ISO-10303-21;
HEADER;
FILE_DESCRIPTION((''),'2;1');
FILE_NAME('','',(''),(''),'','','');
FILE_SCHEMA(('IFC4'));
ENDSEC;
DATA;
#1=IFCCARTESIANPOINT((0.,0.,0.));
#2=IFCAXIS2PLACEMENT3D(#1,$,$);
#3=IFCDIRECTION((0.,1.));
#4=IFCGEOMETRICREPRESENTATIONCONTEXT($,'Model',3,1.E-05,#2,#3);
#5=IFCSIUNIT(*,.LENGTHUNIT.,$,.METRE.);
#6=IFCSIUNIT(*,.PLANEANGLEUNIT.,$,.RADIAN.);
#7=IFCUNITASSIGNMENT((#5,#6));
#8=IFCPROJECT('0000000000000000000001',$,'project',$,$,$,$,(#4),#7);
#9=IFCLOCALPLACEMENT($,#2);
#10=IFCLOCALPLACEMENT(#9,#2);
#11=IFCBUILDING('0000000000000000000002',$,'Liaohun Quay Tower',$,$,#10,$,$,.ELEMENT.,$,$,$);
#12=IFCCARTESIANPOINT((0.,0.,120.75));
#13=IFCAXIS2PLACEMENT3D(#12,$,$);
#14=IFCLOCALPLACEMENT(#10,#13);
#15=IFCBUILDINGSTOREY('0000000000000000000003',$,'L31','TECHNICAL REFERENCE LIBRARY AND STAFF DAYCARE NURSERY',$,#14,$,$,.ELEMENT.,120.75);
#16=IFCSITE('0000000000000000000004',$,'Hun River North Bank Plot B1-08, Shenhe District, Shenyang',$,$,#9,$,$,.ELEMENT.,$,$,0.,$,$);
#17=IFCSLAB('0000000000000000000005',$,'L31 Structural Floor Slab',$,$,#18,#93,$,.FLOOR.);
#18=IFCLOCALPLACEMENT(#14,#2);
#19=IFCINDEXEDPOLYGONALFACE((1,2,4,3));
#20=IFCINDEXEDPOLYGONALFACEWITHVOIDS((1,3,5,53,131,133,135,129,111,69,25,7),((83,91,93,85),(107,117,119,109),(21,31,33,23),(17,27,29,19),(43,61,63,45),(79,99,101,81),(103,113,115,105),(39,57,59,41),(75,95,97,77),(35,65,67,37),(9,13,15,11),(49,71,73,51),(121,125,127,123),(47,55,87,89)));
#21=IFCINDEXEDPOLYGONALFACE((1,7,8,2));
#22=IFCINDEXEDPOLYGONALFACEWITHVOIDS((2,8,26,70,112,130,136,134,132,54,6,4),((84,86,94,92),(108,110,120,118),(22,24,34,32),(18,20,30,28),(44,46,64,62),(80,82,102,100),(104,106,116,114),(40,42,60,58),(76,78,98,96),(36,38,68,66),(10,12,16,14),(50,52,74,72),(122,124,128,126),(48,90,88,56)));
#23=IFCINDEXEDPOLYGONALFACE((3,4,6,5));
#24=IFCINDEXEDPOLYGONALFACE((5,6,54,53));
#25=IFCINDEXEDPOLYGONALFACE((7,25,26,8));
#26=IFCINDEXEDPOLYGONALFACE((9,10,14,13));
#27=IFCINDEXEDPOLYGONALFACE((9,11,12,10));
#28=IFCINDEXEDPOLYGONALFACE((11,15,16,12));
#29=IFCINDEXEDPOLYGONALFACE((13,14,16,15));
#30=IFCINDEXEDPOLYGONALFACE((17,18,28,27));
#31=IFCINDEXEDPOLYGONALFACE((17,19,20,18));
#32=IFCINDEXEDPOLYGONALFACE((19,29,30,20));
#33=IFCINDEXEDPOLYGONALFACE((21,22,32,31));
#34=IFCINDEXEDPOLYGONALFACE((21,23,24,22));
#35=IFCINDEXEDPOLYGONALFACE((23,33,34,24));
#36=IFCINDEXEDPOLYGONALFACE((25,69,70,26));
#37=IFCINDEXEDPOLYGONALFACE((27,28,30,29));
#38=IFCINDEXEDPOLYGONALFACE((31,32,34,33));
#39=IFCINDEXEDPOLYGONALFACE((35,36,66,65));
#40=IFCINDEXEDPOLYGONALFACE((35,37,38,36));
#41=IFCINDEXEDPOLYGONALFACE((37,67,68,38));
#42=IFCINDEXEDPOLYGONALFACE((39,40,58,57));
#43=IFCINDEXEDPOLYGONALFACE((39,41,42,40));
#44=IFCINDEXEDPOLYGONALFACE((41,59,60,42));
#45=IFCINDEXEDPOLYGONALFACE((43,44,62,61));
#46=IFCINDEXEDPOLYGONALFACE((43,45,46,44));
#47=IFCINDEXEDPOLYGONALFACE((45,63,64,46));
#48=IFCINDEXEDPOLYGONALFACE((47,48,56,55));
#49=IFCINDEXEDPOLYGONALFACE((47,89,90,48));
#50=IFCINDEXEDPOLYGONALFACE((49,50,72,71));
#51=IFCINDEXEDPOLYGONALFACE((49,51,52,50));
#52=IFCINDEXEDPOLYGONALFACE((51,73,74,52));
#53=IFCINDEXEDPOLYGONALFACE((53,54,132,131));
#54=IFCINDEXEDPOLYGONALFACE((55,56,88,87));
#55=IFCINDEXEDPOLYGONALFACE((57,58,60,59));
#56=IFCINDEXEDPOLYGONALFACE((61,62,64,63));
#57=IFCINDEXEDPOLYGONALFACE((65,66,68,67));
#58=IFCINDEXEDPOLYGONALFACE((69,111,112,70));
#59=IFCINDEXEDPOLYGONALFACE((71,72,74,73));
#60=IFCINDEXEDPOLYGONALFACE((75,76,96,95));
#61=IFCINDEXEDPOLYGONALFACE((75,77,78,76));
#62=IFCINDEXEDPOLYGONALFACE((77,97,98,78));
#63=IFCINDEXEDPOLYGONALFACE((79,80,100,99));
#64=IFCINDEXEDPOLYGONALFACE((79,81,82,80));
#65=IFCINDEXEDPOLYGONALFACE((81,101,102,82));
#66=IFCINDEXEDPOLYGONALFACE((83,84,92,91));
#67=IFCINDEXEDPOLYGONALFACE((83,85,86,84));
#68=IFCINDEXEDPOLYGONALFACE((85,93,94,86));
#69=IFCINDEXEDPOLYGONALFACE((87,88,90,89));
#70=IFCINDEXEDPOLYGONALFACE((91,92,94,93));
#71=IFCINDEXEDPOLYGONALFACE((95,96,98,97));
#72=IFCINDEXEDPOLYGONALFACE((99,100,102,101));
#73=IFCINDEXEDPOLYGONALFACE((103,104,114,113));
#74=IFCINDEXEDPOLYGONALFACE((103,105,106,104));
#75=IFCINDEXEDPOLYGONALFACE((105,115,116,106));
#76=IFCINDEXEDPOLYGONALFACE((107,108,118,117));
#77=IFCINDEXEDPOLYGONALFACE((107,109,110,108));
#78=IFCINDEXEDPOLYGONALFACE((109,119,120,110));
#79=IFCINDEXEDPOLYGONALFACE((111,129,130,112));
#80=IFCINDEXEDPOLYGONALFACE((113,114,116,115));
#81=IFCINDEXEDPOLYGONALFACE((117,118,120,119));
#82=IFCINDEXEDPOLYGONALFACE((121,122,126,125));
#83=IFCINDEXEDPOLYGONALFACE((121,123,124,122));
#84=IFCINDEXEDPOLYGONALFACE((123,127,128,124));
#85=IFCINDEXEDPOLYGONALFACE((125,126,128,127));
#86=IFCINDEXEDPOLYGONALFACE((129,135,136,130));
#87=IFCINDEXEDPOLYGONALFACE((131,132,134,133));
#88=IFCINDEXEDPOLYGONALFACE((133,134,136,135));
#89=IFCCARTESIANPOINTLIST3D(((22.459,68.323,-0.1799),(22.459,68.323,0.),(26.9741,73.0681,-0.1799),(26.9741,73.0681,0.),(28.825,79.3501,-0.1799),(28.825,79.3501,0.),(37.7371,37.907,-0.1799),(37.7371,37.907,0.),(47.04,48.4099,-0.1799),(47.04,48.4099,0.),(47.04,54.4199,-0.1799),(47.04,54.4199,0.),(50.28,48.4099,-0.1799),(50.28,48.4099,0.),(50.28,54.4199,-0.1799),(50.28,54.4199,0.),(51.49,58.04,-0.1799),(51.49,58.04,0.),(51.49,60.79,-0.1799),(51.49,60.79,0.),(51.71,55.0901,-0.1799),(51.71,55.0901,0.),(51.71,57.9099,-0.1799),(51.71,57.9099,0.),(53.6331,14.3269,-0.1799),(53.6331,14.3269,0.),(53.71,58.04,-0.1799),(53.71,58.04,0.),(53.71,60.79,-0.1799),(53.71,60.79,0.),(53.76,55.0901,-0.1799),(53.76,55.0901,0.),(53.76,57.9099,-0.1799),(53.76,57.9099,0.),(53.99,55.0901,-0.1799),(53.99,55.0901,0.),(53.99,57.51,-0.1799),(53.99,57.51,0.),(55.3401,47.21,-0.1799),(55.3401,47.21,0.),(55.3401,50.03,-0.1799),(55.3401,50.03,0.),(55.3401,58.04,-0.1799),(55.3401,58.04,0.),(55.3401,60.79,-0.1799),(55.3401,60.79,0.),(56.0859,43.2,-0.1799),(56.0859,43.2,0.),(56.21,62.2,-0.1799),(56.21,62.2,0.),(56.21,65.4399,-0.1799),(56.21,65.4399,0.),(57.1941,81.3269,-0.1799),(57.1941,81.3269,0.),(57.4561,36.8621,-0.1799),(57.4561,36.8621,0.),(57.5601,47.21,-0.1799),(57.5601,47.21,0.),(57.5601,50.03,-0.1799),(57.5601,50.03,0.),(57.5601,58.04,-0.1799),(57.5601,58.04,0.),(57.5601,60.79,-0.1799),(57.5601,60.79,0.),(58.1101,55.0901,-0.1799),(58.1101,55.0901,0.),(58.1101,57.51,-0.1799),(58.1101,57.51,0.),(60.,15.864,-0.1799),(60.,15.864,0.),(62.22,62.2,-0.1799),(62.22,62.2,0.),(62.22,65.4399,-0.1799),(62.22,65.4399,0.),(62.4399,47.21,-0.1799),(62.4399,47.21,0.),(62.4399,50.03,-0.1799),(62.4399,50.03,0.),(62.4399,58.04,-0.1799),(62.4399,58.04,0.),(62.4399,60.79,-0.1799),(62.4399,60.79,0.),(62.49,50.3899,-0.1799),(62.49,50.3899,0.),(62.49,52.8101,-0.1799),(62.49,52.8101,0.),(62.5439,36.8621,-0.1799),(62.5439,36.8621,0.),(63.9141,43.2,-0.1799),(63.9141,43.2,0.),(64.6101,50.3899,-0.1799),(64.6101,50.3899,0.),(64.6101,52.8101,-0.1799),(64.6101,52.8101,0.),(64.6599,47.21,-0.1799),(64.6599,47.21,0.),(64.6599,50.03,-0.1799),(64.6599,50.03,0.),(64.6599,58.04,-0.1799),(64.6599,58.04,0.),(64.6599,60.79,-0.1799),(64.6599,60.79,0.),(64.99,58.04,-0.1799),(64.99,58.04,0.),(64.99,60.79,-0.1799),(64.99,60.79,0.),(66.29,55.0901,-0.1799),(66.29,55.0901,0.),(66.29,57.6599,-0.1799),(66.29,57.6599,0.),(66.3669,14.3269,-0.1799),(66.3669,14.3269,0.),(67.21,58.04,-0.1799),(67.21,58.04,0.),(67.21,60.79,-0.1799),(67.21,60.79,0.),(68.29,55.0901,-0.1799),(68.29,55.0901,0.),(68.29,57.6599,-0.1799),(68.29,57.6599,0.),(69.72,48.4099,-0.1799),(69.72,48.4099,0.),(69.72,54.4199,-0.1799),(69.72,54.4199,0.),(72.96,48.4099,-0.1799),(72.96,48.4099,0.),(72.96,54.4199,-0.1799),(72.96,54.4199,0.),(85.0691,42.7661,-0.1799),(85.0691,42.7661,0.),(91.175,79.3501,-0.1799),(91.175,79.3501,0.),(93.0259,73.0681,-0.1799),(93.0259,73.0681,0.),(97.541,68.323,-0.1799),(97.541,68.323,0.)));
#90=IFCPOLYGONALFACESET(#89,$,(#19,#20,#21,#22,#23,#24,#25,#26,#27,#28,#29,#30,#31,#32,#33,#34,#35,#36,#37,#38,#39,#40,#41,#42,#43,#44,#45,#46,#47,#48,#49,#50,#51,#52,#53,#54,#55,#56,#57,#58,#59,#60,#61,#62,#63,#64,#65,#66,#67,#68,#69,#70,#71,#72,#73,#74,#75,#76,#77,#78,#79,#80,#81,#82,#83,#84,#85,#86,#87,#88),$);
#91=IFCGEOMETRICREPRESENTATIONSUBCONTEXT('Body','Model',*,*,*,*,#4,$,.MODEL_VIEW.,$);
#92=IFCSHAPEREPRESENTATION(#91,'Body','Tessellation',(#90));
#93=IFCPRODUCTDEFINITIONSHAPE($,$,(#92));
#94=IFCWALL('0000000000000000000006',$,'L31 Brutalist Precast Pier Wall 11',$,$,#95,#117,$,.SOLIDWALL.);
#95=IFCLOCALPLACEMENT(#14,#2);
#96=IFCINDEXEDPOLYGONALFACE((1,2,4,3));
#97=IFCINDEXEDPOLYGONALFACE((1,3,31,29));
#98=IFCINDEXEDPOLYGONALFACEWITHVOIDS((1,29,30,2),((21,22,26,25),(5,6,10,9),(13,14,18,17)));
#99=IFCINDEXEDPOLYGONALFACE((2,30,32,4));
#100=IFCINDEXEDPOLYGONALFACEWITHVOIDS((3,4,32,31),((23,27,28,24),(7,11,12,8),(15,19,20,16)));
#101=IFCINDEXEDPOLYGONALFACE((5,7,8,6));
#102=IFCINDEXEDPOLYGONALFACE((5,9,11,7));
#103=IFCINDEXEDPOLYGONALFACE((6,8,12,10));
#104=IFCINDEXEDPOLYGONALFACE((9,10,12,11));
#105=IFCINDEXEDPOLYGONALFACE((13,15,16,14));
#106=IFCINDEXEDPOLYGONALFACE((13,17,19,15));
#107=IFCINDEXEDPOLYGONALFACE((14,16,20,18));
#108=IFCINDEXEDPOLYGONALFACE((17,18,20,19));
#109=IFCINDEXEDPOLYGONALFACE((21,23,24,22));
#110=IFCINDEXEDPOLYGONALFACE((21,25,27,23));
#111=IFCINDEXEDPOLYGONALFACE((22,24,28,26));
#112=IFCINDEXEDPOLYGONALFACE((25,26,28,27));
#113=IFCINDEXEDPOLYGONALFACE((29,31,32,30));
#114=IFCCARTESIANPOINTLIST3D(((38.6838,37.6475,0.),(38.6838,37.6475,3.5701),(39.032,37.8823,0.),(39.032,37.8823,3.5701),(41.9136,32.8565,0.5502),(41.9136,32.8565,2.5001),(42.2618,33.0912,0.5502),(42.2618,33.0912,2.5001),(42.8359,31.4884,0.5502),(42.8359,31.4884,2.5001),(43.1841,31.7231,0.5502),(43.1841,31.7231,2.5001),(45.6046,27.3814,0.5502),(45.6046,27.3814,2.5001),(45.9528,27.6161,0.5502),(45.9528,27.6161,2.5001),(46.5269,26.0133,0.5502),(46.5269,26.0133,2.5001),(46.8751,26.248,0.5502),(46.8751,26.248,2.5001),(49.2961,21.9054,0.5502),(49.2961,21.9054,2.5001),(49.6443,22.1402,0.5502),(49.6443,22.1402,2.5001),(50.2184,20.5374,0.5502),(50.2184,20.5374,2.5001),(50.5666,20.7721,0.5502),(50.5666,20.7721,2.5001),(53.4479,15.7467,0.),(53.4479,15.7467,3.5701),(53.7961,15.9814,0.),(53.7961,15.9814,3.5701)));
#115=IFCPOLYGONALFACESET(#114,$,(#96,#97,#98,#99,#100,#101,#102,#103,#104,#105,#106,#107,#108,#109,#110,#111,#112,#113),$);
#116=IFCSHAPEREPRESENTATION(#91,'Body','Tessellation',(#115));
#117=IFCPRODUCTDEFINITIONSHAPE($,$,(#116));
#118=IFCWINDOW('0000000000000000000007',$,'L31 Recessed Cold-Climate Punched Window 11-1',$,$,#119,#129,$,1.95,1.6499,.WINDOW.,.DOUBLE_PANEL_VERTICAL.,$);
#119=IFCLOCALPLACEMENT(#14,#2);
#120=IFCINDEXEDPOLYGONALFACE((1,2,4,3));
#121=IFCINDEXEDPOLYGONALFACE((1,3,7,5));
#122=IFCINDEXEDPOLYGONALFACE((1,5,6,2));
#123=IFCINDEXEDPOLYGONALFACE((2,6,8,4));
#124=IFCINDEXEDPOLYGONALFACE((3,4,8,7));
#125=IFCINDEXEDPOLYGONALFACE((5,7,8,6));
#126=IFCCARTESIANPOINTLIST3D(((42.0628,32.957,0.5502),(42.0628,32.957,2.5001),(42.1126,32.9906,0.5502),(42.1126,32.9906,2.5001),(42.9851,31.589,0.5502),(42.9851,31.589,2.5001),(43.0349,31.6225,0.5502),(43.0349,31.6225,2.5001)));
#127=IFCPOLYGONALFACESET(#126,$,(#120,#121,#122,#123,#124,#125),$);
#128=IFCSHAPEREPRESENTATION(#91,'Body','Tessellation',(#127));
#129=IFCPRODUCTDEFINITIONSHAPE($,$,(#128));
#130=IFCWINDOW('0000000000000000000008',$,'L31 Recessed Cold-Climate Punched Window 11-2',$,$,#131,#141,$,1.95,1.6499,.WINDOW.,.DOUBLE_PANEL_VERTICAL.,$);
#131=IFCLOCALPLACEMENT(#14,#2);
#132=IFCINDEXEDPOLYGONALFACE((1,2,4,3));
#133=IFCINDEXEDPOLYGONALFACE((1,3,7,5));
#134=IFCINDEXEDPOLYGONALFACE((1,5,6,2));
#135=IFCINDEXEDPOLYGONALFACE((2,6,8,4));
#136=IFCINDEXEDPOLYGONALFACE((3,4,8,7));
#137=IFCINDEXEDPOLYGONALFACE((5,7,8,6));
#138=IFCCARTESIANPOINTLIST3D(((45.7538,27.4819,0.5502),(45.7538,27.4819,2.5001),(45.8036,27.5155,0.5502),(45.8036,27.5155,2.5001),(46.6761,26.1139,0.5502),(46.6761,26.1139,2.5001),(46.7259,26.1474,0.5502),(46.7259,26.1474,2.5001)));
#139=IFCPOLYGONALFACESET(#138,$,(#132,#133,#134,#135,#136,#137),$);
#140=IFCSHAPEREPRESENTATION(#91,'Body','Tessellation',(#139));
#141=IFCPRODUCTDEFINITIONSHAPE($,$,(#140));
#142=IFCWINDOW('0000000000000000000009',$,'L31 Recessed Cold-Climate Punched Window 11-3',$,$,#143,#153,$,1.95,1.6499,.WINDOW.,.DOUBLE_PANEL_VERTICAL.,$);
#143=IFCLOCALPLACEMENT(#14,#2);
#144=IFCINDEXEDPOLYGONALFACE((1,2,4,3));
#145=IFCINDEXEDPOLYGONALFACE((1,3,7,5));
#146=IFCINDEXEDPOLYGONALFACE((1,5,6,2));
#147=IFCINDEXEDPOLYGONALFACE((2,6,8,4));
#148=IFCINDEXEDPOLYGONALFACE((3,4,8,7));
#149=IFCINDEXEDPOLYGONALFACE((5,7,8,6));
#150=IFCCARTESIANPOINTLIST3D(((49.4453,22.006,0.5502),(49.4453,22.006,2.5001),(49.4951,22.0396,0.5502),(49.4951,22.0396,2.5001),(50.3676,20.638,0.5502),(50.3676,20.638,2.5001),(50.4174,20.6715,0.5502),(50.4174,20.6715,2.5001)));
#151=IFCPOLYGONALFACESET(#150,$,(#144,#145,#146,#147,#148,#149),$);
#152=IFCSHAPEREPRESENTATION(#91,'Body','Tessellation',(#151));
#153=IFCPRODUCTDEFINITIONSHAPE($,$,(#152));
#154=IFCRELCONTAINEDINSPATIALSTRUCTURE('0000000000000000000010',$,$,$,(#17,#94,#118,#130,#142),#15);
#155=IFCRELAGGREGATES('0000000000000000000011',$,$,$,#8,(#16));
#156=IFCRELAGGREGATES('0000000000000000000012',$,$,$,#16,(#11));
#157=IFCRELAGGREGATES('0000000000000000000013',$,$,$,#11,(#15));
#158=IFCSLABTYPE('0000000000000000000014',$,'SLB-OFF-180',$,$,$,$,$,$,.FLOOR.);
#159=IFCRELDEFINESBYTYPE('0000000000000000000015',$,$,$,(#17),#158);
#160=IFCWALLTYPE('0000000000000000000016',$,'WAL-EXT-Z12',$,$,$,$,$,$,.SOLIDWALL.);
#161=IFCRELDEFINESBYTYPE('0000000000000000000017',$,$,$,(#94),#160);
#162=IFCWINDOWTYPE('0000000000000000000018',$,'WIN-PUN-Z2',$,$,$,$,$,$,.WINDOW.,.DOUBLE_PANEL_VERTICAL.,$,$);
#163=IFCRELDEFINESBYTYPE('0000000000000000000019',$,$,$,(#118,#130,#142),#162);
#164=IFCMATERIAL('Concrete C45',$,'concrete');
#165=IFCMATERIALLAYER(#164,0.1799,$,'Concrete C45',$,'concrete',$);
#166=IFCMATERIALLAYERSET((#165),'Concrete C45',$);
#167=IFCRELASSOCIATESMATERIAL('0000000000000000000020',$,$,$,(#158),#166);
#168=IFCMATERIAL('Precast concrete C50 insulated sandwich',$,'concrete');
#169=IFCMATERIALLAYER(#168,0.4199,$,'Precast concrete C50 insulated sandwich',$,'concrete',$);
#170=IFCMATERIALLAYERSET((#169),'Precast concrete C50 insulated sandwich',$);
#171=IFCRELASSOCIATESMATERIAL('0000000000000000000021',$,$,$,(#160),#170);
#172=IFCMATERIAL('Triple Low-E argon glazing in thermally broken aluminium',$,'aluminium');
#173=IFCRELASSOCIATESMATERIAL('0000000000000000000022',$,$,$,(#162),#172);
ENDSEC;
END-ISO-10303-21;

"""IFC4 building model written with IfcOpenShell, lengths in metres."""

from ifc_helpers import new_model, si_unit, direction, frame, frame_2d, origin, place, context, subcontext, project, spatial, polyline, rectangle, outline, extrude, source, transform, mapped, material, layer, layer_set, type_object, element, fill, save


model = new_model("IFC4")

# Units and contexts
model_context = context("Model", 3, precision=1e-05, world=origin(), true_north=direction((0.0, 1.0)))
body_context = subcontext(model_context, "Body", "Model", "MODEL_VIEW")
ifc_project = project(units=[si_unit("LENGTHUNIT", "METRE"), si_unit("PLANEANGLEUNIT", "RADIAN")], contexts=[model_context])

# Site, building, storey
site_placement = place(None, origin())
site = spatial("IfcSite", under=ifc_project, at=site_placement, Name="Hun River North Bank Plot B1-08, Shenhe District, Shenyang", CompositionType="ELEMENT", RefElevation=0.0)
building_placement = place(site_placement, origin())
building = spatial("IfcBuilding", under=site, at=building_placement, Name="Liaohun Quay Tower", CompositionType="ELEMENT")
storey_placement = place(building_placement, frame((0.0, 0.0, 120.75)))
storey = spatial("IfcBuildingStorey", under=building, at=storey_placement, Name="L31", Description="TECHNICAL REFERENCE LIBRARY AND STAFF DAYCARE NURSERY", CompositionType="ELEMENT", Elevation=120.75)

# Shared definitions
ifc_material_1 = material(Name="Concrete C45", Category="concrete")

# Slab
ifc_layer_1 = layer(ifc_material_1, 0.1799, Name="Concrete C45", Category="concrete")
ifc_layer_set_1 = layer_set([ifc_layer_1], Name="Concrete C45")
slab_type_1 = type_object("IfcSlabType", Name="SLB-OFF-180", PredefinedType="FLOOR", material=ifc_layer_set_1)
slab_1_placement = place(storey_placement, frame((0.0, 0.0, -0.1799)))
element("IfcSlab", 1, at=slab_1_placement, inside=storey, type_object=slab_type_1, Name="L31 Structural Floor Slab", PredefinedType="FLOOR", context=body_context, shape_type="SweptSolid", body=[
    extrude(outline(polyline([(53.6331, 14.3269), (60.0, 15.864), (66.3669, 14.3269), (85.0691, 42.7661), (97.541, 68.323), (93.0259, 73.0681), (91.175, 79.3501), (57.1941, 81.3269), (28.825, 79.3501), (26.9741, 73.0681), (22.459, 68.323), (37.7371, 37.907), (53.6331, 14.3269)]), holes=[polyline([(57.5601, 50.03), (55.3401, 50.03), (55.3401, 47.21), (57.5601, 47.21), (57.5601, 50.03)]), polyline([(50.28, 54.4199), (47.04, 54.4199), (47.04, 48.4099), (50.28, 48.4099), (50.28, 54.4199)]), polyline([(53.99, 55.0901), (58.1101, 55.0901), (58.1101, 57.51), (53.99, 57.51), (53.99, 55.0901)]), polyline([(53.76, 55.0901), (53.76, 57.9099), (51.71, 57.9099), (51.71, 55.0901), (53.76, 55.0901)]), polyline([(53.71, 58.04), (53.71, 60.79), (51.49, 60.79), (51.49, 58.04), (53.71, 58.04)]), polyline([(57.5601, 58.04), (57.5601, 60.79), (55.3401, 60.79), (55.3401, 58.04), (57.5601, 58.04)]), polyline([(62.22, 62.2), (62.22, 65.4399), (56.21, 65.4399), (56.21, 62.2), (62.22, 62.2)]), polyline([(62.5439, 36.8621), (63.9141, 43.2), (56.0859, 43.2), (57.4561, 36.8621), (62.5439, 36.8621)]), polyline([(64.6599, 47.21), (64.6599, 50.03), (62.4399, 50.03), (62.4399, 47.21), (64.6599, 47.21)]), polyline([(72.96, 54.4199), (69.72, 54.4199), (69.72, 48.4099), (72.96, 48.4099), (72.96, 54.4199)]), polyline([(64.6101, 50.3899), (64.6101, 52.8101), (62.49, 52.8101), (62.49, 50.3899), (64.6101, 50.3899)]), polyline([(68.29, 55.0901), (68.29, 57.6599), (66.29, 57.6599), (66.29, 55.0901), (68.29, 55.0901)]), polyline([(64.6599, 58.04), (64.6599, 60.79), (62.4399, 60.79), (62.4399, 58.04), (64.6599, 58.04)]), polyline([(67.21, 58.04), (67.21, 60.79), (64.99, 60.79), (64.99, 58.04), (67.21, 58.04)])]), origin(), (0.0, 0.0, 1.0), 0.1799),
])

# Wall, openings, windows
ifc_material_2 = material(Name="Precast concrete C50 insulated sandwich", Category="concrete")
ifc_layer_2 = layer(ifc_material_2, 0.4199, Name="Precast concrete C50 insulated sandwich", Category="concrete")
ifc_layer_set_2 = layer_set([ifc_layer_2], Name="Precast concrete C50 insulated sandwich")
wall_type_1 = type_object("IfcWallType", Name="WAL-EXT-Z12", PredefinedType="SOLIDWALL", material=ifc_layer_set_2)
wall_1_placement = place(storey_placement, frame((38.8579, 37.7649, 0.0), z_axis=(0.0, 0.0, 1.0), x_axis=(0.55898, -0.829181, 0.0)))
wall_1 = element("IfcWall", 2, at=wall_1_placement, inside=storey, type_object=wall_type_1, Name="L31 Brutalist Precast Pier Wall 11", PredefinedType="SOLIDWALL", context=body_context, shape_type="SweptSolid", body=[
    extrude(rectangle(XDim=26.4126, YDim=0.4199, at=frame_2d((13.2063, 0.0))), origin(), (0.0, 0.0, 1.0), 3.5701),
])
shared_shape_1 = source(origin(), body_context, "Body", "SweptSolid", [
    extrude(rectangle(XDim=1.6499, YDim=1.95, at=frame_2d((0.825, 0.9751))), frame((0.0, 0.22, 0.0), z_axis=(0.0, -1.0, 0.0), x_axis=(1.0, 0.0, 0.0)), (0.0, 0.0, 1.0), 0.4399),
])
opening_1_placement = place(wall_1_placement, frame((5.7781, 0.0, 0.55)))
opening_1 = element("IfcOpeningElement", 3, at=opening_1_placement, cuts=wall_1, PredefinedType="OPENING", context=body_context, shape_type="MappedRepresentation", body=[
    mapped(shared_shape_1, transform((0.0, 0.0, 0.0), x_axis=(1.0, 0.0, 0.0), y_axis=(0.0, 1.0, 0.0), z_axis=(0.0, 0.0, 1.0), scale=1.0)),
])
opening_2_placement = place(wall_1_placement, frame((12.3811, 0.0, 0.55)))
opening_2 = element("IfcOpeningElement", 4, at=opening_2_placement, cuts=wall_1, PredefinedType="OPENING", context=body_context, shape_type="MappedRepresentation", body=[
    mapped(shared_shape_1, transform((0.0, 0.0, 0.0), x_axis=(1.0, 0.0, 0.0), y_axis=(0.0, 1.0, 0.0), z_axis=(0.0, 0.0, 1.0), scale=1.0)),
])
opening_3_placement = place(wall_1_placement, frame((18.9851, 0.0, 0.55)))
opening_3 = element("IfcOpeningElement", 5, at=opening_3_placement, cuts=wall_1, PredefinedType="OPENING", context=body_context, shape_type="MappedRepresentation", body=[
    mapped(shared_shape_1, transform((0.0, 0.0, 0.0), x_axis=(1.0, 0.0, 0.0), y_axis=(0.0, 1.0, 0.0), z_axis=(0.0, 0.0, 1.0), scale=1.0)),
])
ifc_material_3 = material(Name="Triple Low-E argon glazing in thermally broken aluminium", Category="aluminium")
window_type = type_object("IfcWindowType", Name="WIN-PUN-Z2", PartitioningType="DOUBLE_PANEL_VERTICAL", PredefinedType="WINDOW", material=ifc_material_3)
shared_shape_2 = source(origin(), body_context, "Body", "SweptSolid", [
    extrude(rectangle(XDim=1.6499, YDim=1.95, at=frame_2d((0.825, 0.9751))), frame((0.0, 0.03, 0.0), z_axis=(0.0, -1.0, 0.0), x_axis=(1.0, 0.0, 0.0)), (0.0, 0.0, 1.0), 0.0601),
])
window_1_placement = place(opening_1_placement, origin())
window_1 = element("IfcWindow", 6, at=window_1_placement, inside=storey, type_object=window_type, Name="L31 Recessed Cold-Climate Punched Window 11-1", OverallHeight=1.95, OverallWidth=1.6499, PartitioningType="DOUBLE_PANEL_VERTICAL", PredefinedType="WINDOW", context=body_context, shape_type="MappedRepresentation", body=[
    mapped(shared_shape_2, transform((0.0, 0.0, 0.0), x_axis=(1.0, 0.0, 0.0), y_axis=(0.0, 1.0, 0.0), z_axis=(0.0, 0.0, 1.0), scale=1.0)),
])
fill(opening_1, window_1)
window_2_placement = place(opening_2_placement, origin())
window_2 = element("IfcWindow", 7, at=window_2_placement, inside=storey, type_object=window_type, Name="L31 Recessed Cold-Climate Punched Window 11-2", OverallHeight=1.95, OverallWidth=1.6499, PartitioningType="DOUBLE_PANEL_VERTICAL", PredefinedType="WINDOW", context=body_context, shape_type="MappedRepresentation", body=[
    mapped(shared_shape_2, transform((0.0, 0.0, 0.0), x_axis=(1.0, 0.0, 0.0), y_axis=(0.0, 1.0, 0.0), z_axis=(0.0, 0.0, 1.0), scale=1.0)),
])
fill(opening_2, window_2)
window_3_placement = place(opening_3_placement, origin())
window_3 = element("IfcWindow", 8, at=window_3_placement, inside=storey, type_object=window_type, Name="L31 Recessed Cold-Climate Punched Window 11-3", OverallHeight=1.95, OverallWidth=1.6499, PartitioningType="DOUBLE_PANEL_VERTICAL", PredefinedType="WINDOW", context=body_context, shape_type="MappedRepresentation", body=[
    mapped(shared_shape_2, transform((0.0, 0.0, 0.0), x_axis=(1.0, 0.0, 0.0), y_axis=(0.0, 1.0, 0.0), z_axis=(0.0, 0.0, 1.0), scale=1.0)),
])
fill(opening_3, window_3)

save(model, "model.ifc")
